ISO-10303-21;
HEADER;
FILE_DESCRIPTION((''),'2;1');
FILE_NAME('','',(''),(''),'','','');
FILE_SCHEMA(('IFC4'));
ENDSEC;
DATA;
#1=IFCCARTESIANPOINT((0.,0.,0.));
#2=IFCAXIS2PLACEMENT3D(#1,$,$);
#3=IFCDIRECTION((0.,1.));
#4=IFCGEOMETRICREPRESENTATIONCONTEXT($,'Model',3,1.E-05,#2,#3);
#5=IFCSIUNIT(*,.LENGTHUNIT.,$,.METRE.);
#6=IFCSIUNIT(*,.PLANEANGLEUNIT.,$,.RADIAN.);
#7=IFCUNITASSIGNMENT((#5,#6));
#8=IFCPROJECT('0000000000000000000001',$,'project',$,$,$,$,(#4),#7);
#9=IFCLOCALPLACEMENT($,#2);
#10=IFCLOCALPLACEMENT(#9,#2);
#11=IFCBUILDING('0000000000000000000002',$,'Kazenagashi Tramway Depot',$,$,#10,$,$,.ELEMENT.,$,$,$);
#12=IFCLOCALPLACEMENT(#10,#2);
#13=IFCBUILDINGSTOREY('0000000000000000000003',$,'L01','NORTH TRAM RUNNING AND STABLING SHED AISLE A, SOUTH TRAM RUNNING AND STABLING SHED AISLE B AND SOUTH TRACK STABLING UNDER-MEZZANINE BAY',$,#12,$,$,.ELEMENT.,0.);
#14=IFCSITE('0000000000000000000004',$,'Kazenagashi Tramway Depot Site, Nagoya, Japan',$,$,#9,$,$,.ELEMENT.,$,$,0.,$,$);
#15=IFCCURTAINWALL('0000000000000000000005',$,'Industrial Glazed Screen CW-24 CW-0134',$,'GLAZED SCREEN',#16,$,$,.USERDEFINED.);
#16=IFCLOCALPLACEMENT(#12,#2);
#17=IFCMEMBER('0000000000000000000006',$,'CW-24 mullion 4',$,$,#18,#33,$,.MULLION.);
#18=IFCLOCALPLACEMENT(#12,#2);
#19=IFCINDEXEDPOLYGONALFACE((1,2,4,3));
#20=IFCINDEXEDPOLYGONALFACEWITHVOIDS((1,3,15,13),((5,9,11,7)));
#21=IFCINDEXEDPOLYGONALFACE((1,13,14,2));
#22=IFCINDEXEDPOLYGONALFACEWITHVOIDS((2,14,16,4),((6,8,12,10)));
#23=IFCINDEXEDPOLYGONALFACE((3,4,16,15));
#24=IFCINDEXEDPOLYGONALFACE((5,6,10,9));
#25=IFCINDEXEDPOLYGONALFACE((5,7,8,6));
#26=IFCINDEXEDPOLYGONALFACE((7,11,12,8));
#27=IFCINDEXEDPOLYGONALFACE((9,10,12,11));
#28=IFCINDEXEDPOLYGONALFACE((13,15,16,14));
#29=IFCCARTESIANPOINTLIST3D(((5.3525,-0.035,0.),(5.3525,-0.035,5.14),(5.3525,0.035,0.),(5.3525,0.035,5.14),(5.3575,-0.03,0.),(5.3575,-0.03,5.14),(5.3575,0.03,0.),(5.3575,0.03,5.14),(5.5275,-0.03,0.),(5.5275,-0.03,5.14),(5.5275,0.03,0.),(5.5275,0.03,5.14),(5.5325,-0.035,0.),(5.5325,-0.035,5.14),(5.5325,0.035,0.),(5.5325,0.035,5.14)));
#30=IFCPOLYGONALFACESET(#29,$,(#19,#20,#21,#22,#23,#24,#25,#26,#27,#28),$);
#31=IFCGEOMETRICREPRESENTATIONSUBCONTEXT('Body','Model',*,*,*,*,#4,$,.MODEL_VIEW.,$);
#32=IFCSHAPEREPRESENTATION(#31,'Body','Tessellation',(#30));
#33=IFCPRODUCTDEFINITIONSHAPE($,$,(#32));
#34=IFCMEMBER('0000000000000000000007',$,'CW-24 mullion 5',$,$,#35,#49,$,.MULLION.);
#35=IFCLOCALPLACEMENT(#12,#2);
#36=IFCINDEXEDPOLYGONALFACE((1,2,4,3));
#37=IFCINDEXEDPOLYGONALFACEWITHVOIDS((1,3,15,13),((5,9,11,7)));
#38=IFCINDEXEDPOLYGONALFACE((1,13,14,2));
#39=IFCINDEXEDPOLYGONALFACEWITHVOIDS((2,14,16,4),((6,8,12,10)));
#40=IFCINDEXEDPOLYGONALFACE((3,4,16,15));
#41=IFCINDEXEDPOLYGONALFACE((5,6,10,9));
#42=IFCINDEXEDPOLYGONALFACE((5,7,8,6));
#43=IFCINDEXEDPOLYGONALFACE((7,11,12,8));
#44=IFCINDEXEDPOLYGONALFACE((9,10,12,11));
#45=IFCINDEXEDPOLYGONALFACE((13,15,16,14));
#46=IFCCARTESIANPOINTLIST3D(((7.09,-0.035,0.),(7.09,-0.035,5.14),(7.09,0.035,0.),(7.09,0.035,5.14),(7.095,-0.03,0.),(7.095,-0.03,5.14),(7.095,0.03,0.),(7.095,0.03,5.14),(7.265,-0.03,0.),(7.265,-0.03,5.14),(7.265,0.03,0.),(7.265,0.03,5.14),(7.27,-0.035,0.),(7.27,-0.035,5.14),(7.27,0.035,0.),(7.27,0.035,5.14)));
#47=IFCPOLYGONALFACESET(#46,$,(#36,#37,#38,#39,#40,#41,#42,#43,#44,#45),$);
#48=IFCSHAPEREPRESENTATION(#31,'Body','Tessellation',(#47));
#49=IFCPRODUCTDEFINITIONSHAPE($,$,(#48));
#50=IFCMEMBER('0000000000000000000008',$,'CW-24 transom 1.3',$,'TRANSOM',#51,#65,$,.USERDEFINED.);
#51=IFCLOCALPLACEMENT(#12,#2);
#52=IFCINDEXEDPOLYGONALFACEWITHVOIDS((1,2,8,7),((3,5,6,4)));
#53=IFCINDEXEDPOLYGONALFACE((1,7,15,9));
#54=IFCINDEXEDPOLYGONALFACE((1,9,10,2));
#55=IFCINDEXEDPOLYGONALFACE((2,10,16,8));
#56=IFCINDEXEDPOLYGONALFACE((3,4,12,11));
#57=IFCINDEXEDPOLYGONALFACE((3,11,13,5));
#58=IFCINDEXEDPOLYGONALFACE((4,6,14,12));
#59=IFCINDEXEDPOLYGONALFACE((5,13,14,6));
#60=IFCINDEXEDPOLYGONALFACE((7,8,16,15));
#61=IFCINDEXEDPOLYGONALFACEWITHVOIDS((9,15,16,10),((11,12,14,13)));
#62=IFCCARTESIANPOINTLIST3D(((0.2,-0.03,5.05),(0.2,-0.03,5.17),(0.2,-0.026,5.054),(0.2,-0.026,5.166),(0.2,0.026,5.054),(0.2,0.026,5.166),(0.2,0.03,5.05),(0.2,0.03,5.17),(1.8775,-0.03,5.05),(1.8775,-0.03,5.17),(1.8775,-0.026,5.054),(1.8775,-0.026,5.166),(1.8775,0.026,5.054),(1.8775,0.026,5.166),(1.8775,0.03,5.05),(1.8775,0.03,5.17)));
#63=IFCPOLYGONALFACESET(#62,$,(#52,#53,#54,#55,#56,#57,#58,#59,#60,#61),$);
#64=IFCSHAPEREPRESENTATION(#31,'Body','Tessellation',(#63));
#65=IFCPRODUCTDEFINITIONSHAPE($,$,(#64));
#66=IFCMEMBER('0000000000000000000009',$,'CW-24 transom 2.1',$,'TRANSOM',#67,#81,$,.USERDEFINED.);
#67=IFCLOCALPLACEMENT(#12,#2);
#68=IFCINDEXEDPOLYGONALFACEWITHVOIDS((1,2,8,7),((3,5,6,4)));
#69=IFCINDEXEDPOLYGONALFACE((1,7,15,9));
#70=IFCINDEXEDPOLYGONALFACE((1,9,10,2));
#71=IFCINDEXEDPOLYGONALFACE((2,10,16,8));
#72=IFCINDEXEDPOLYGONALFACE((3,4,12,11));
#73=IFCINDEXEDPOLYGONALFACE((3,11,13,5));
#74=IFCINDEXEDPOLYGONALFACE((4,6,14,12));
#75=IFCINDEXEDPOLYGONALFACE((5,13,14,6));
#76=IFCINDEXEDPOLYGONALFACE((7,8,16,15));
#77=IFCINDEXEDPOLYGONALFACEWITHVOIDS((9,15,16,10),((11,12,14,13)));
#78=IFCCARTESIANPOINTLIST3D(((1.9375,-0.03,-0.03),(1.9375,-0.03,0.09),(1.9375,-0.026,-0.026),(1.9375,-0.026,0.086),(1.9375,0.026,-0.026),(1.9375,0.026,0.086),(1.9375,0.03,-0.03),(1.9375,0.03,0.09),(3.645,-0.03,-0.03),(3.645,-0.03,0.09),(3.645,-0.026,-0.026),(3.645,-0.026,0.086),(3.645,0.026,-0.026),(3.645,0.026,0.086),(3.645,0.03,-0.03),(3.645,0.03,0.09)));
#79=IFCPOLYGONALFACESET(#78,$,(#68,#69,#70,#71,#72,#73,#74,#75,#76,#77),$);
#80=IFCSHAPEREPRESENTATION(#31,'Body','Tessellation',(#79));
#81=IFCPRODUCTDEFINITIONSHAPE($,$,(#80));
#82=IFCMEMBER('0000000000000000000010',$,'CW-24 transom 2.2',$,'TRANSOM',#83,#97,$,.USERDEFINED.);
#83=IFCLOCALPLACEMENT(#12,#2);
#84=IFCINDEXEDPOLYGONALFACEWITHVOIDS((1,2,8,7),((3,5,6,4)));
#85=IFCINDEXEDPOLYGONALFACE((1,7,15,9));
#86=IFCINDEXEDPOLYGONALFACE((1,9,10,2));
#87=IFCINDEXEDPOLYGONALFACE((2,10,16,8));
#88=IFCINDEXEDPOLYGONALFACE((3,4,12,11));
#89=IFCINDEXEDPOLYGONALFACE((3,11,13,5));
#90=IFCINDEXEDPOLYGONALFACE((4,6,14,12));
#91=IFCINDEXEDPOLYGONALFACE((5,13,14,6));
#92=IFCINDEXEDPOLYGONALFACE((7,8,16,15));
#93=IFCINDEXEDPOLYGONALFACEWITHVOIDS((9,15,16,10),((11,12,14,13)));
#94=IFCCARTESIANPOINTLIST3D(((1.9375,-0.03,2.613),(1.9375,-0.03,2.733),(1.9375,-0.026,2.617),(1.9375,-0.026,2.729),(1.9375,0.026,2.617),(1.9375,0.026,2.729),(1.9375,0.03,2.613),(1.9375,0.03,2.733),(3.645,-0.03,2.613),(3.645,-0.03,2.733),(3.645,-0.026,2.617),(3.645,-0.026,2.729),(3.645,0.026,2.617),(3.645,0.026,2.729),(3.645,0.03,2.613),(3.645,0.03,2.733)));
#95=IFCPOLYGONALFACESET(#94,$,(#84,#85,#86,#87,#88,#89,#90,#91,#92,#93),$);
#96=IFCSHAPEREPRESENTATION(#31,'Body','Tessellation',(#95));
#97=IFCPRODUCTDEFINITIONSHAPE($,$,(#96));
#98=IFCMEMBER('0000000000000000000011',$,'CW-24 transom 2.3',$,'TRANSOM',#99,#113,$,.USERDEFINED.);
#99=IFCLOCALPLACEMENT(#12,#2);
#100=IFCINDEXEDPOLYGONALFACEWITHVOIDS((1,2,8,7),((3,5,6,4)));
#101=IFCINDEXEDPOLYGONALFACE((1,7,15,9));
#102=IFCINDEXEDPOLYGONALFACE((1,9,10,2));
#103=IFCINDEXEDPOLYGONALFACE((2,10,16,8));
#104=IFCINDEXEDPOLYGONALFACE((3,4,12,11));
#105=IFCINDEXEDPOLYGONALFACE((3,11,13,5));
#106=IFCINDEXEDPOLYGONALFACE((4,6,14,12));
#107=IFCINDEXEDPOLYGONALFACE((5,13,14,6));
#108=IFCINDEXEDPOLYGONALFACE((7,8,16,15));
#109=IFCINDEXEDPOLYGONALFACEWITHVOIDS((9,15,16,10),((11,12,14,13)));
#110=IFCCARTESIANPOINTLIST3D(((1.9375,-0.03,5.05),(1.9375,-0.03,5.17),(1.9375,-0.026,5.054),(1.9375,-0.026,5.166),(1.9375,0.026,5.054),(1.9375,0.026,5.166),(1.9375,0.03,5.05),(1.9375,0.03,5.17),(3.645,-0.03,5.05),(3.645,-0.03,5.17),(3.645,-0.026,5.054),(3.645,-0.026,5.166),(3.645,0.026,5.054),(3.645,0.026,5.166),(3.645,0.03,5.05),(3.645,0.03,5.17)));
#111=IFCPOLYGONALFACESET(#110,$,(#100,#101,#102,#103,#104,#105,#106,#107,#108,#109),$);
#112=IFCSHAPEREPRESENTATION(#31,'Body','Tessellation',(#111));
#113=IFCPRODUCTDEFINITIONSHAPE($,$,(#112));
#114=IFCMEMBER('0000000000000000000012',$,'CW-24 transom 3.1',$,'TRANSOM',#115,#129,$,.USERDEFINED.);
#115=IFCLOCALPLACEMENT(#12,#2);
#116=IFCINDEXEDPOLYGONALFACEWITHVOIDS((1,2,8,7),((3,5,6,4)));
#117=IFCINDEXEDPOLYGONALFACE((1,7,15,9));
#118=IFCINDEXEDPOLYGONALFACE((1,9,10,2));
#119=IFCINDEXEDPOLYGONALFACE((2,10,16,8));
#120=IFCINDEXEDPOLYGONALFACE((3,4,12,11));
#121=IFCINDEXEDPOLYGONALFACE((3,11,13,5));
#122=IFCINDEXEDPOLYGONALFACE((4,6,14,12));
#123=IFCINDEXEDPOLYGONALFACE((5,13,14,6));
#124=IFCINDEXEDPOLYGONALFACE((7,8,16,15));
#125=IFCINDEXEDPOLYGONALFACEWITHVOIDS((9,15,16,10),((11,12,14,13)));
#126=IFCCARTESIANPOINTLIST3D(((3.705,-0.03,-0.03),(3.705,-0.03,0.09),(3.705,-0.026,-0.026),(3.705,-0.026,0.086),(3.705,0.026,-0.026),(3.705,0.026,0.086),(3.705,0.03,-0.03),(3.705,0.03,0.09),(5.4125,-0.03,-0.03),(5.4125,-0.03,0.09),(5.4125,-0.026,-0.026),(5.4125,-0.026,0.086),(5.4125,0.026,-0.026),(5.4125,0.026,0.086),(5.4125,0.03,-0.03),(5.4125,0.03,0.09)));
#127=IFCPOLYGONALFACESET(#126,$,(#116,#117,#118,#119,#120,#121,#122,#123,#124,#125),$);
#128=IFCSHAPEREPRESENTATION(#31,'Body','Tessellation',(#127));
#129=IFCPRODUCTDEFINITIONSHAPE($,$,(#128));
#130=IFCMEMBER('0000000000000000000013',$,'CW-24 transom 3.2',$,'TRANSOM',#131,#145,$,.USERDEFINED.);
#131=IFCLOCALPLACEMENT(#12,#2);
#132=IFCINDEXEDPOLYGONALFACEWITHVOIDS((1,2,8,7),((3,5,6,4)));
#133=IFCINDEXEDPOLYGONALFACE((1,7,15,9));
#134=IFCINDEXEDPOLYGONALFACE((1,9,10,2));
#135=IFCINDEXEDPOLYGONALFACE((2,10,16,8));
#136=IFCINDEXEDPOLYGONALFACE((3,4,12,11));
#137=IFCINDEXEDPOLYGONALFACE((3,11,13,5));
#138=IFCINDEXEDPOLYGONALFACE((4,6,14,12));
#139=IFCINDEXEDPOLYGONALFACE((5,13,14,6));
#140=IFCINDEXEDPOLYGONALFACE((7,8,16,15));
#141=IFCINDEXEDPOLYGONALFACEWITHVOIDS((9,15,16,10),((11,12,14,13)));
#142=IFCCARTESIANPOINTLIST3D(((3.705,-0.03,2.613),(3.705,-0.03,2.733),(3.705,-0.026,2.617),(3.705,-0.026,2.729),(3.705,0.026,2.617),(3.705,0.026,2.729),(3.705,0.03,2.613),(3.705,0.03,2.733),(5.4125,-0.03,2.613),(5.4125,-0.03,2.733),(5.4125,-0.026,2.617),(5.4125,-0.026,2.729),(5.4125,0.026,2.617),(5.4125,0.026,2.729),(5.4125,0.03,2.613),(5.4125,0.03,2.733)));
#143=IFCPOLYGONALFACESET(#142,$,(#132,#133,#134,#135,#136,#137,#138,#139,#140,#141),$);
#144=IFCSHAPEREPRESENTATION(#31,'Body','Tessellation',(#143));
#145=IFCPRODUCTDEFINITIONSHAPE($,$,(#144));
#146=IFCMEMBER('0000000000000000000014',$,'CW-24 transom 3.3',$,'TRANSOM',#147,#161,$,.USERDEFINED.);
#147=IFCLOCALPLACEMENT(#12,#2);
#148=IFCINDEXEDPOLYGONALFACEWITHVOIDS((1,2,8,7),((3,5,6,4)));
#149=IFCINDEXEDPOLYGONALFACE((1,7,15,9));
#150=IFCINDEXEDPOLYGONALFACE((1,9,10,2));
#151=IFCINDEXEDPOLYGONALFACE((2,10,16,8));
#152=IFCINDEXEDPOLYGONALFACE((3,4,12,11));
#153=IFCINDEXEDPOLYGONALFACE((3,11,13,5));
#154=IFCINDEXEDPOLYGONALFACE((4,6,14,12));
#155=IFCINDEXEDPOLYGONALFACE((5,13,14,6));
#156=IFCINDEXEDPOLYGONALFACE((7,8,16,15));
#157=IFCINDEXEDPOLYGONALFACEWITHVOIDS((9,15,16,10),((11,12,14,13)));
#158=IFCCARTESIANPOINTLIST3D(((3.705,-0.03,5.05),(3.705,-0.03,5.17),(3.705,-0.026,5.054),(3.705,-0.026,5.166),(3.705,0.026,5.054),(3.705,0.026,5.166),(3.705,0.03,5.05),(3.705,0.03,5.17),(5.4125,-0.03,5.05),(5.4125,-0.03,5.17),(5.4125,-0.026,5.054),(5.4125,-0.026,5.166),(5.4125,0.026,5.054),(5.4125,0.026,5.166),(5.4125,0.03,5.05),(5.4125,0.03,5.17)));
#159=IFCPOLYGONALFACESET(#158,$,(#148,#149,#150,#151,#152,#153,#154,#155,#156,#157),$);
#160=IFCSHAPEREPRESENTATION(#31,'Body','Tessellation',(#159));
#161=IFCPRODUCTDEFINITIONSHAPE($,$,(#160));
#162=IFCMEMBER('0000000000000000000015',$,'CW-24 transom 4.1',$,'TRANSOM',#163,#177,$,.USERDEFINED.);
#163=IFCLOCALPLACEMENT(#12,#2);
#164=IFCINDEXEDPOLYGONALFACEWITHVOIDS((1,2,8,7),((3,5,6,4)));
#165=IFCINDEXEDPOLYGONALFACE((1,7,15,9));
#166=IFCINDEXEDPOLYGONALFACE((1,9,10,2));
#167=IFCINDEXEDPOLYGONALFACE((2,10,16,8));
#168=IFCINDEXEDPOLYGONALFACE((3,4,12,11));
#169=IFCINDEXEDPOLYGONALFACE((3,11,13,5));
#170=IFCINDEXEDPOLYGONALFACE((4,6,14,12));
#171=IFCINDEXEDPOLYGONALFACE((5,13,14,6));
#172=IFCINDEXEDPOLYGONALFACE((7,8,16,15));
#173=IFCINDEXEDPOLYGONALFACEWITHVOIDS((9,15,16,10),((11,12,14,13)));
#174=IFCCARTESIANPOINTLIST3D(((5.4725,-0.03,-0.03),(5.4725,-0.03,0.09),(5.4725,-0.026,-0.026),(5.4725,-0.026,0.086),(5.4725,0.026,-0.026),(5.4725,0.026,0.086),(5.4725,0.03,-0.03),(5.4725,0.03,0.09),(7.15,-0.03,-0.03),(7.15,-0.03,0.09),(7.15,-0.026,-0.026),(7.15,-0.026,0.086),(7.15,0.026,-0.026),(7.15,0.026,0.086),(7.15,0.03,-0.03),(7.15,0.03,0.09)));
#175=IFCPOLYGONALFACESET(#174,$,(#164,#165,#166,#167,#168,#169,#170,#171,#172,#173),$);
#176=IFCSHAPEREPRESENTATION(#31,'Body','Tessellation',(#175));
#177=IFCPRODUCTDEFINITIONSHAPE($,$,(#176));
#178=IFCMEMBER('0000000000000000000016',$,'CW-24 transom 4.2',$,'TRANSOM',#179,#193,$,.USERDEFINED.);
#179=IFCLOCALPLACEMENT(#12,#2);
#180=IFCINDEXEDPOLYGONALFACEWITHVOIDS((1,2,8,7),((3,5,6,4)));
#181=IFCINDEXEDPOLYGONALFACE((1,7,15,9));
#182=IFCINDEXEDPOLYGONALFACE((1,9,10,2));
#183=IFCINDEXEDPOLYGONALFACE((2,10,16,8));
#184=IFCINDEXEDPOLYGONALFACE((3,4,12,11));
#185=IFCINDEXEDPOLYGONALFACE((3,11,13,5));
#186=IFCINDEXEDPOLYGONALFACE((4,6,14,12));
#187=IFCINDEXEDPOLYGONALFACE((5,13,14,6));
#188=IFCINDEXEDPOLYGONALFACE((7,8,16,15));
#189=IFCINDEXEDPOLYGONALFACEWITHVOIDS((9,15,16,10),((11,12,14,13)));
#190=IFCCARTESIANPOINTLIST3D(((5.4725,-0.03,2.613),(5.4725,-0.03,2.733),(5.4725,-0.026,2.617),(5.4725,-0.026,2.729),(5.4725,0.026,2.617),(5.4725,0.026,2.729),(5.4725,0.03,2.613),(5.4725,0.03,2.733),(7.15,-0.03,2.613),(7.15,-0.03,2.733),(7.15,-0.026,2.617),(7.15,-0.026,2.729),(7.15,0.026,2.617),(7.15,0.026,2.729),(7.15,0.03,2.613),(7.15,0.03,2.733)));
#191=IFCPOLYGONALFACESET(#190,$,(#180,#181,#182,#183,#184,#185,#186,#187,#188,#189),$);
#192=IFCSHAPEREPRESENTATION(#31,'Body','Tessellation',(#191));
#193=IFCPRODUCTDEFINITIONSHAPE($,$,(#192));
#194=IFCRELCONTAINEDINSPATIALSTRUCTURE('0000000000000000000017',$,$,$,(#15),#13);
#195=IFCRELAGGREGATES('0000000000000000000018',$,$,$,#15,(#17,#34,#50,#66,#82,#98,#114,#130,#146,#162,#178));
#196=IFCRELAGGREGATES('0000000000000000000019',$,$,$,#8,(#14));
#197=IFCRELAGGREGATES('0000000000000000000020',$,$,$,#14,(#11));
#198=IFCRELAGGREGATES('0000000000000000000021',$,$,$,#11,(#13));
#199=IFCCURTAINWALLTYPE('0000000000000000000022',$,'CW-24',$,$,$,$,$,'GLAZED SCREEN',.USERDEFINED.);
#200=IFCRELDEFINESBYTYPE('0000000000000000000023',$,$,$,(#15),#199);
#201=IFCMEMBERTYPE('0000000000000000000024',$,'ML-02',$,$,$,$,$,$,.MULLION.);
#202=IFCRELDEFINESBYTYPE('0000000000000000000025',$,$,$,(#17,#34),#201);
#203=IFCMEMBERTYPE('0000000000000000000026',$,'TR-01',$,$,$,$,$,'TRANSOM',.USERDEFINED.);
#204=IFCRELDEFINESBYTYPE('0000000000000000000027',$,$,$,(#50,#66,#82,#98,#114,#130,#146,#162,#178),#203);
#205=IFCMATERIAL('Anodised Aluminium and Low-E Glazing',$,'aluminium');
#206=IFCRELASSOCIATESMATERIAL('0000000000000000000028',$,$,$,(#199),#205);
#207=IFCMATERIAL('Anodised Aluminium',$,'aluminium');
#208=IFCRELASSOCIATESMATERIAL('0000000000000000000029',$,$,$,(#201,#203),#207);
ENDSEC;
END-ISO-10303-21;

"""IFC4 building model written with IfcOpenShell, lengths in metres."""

from ifc_helpers import new_model, si_unit, direction, frame, origin, origin_2d, place, context, subcontext, project, spatial, hollow_rectangle, extrude, material, material_profile, profile_set, type_object, element, aggregate, save


model = new_model("IFC4")

# Units and contexts
model_context = context("Model", 3, precision=1e-05, world=origin(), true_north=direction((0.0, 1.0)))
body_context = subcontext(model_context, "Body", "Model", "MODEL_VIEW")
ifc_project = project(units=[si_unit("LENGTHUNIT", "METRE"), si_unit("PLANEANGLEUNIT", "RADIAN")], contexts=[model_context])

# Site, building, storey
site_placement = place(None, origin())
site = spatial("IfcSite", under=ifc_project, at=site_placement, Name="Kazenagashi Tramway Depot Site, Nagoya, Japan", CompositionType="ELEMENT", RefElevation=0.0)
building_placement = place(site_placement, origin())
building = spatial("IfcBuilding", under=site, at=building_placement, Name="Kazenagashi Tramway Depot", CompositionType="ELEMENT")
storey_placement = place(building_placement, origin())
storey = spatial("IfcBuildingStorey", under=building, at=storey_placement, Name="L01", Description="NORTH TRAM RUNNING AND STABLING SHED AISLE A, SOUTH TRAM RUNNING AND STABLING SHED AISLE B AND SOUTH TRACK STABLING UNDER-MEZZANINE BAY", CompositionType="ELEMENT", Elevation=0.0)

# Curtain wall, members
ifc_material_1 = material(Name="Anodised Aluminium and Low-E Glazing", Category="aluminium")
curtain_wall_type = type_object("IfcCurtainWallType", Name="CW-24", ElementType="GLAZED SCREEN", PredefinedType="USERDEFINED", material=ifc_material_1)
curtain_wall_placement = place(storey_placement, origin())
curtain_wall = element("IfcCurtainWall", 1, at=curtain_wall_placement, inside=storey, type_object=curtain_wall_type, Name="Industrial Glazed Screen CW-24 CW-0134", ObjectType="GLAZED SCREEN", PredefinedType="USERDEFINED")
ifc_material_2 = material(Name="Anodised Aluminium", Category="aluminium")
ifc_material_profile_1 = material_profile(ifc_material_2, hollow_rectangle(XDim=0.07, YDim=0.18, WallThickness=0.005, at=origin_2d()), Name="RHS-180x70x5")
ifc_profile_set_1 = profile_set([ifc_material_profile_1], Name="Anodised Aluminium")
member_type_1 = type_object("IfcMemberType", Name="ML-02", PredefinedType="MULLION", material=ifc_profile_set_1)
member_1_placement = place(storey_placement, frame((5.4425, 0.0, 0.0), z_axis=(0.0, 0.0, 1.0), x_axis=(0.0, 1.0, 0.0)))
member_1 = element("IfcMember", 2, at=member_1_placement, type_object=member_type_1, Name="CW-24 mullion 4", PredefinedType="MULLION", context=body_context, shape_type="SweptSolid", body=[
    extrude(hollow_rectangle(XDim=0.07, YDim=0.18, WallThickness=0.005, at=origin_2d()), origin(), (0.0, 0.0, 1.0), 5.14),
])
member_2_placement = place(storey_placement, frame((7.18, 0.0, 0.0), z_axis=(0.0, 0.0, 1.0), x_axis=(0.0, 1.0, 0.0)))
member_2 = element("IfcMember", 3, at=member_2_placement, type_object=member_type_1, Name="CW-24 mullion 5", PredefinedType="MULLION", context=body_context, shape_type="SweptSolid", body=[
    extrude(hollow_rectangle(XDim=0.07, YDim=0.18, WallThickness=0.005, at=origin_2d()), origin(), (0.0, 0.0, 1.0), 5.14),
])
ifc_material_profile_2 = material_profile(ifc_material_2, hollow_rectangle(XDim=0.06, YDim=0.12, WallThickness=0.004, at=origin_2d()), Name="RHS-120x60x4")
ifc_profile_set_2 = profile_set([ifc_material_profile_2], Name="Anodised Aluminium")
member_type_2 = type_object("IfcMemberType", Name="TR-01", ElementType="TRANSOM", PredefinedType="USERDEFINED", material=ifc_profile_set_2)
member_3_placement = place(storey_placement, frame((0.2, 0.0, 5.11), z_axis=(1.0, 0.0, 0.0), x_axis=(0.0, 1.0, 0.0)))
member_3 = element("IfcMember", 4, at=member_3_placement, type_object=member_type_2, Name="CW-24 transom 1.3", ObjectType="TRANSOM", PredefinedType="USERDEFINED", context=body_context, shape_type="SweptSolid", body=[
    extrude(hollow_rectangle(XDim=0.06, YDim=0.12, WallThickness=0.004, at=origin_2d()), origin(), (0.0, 0.0, 1.0), 1.6775),
])
member_4_placement = place(storey_placement, frame((1.9375, 0.0, 0.03), z_axis=(1.0, 0.0, 0.0), x_axis=(0.0, 1.0, 0.0)))
member_4 = element("IfcMember", 5, at=member_4_placement, type_object=member_type_2, Name="CW-24 transom 2.1", ObjectType="TRANSOM", PredefinedType="USERDEFINED", context=body_context, shape_type="SweptSolid", body=[
    extrude(hollow_rectangle(XDim=0.06, YDim=0.12, WallThickness=0.004, at=origin_2d()), origin(), (0.0, 0.0, 1.0), 1.7075),
])
member_5_placement = place(storey_placement, frame((1.9375, 0.0, 2.673), z_axis=(1.0, 0.0, 0.0), x_axis=(0.0, 1.0, 0.0)))
member_5 = element("IfcMember", 6, at=member_5_placement, type_object=member_type_2, Name="CW-24 transom 2.2", ObjectType="TRANSOM", PredefinedType="USERDEFINED", context=body_context, shape_type="SweptSolid", body=[
    extrude(hollow_rectangle(XDim=0.06, YDim=0.12, WallThickness=0.004, at=origin_2d()), origin(), (0.0, 0.0, 1.0), 1.7075),
])
member_6_placement = place(storey_placement, frame((1.9375, 0.0, 5.11), z_axis=(1.0, 0.0, 0.0), x_axis=(0.0, 1.0, 0.0)))
member_6 = element("IfcMember", 7, at=member_6_placement, type_object=member_type_2, Name="CW-24 transom 2.3", ObjectType="TRANSOM", PredefinedType="USERDEFINED", context=body_context, shape_type="SweptSolid", body=[
    extrude(hollow_rectangle(XDim=0.06, YDim=0.12, WallThickness=0.004, at=origin_2d()), origin(), (0.0, 0.0, 1.0), 1.7075),
])
member_7_placement = place(storey_placement, frame((3.705, 0.0, 0.03), z_axis=(1.0, 0.0, 0.0), x_axis=(0.0, 1.0, 0.0)))
member_7 = element("IfcMember", 8, at=member_7_placement, type_object=member_type_2, Name="CW-24 transom 3.1", ObjectType="TRANSOM", PredefinedType="USERDEFINED", context=body_context, shape_type="SweptSolid", body=[
    extrude(hollow_rectangle(XDim=0.06, YDim=0.12, WallThickness=0.004, at=origin_2d()), origin(), (0.0, 0.0, 1.0), 1.7075),
])
member_8_placement = place(storey_placement, frame((3.705, 0.0, 2.673), z_axis=(1.0, 0.0, 0.0), x_axis=(0.0, 1.0, 0.0)))
member_8 = element("IfcMember", 9, at=member_8_placement, type_object=member_type_2, Name="CW-24 transom 3.2", ObjectType="TRANSOM", PredefinedType="USERDEFINED", context=body_context, shape_type="SweptSolid", body=[
    extrude(hollow_rectangle(XDim=0.06, YDim=0.12, WallThickness=0.004, at=origin_2d()), origin(), (0.0, 0.0, 1.0), 1.7075),
])
member_9_placement = place(storey_placement, frame((3.705, 0.0, 5.11), z_axis=(1.0, 0.0, 0.0), x_axis=(0.0, 1.0, 0.0)))
member_9 = element("IfcMember", 10, at=member_9_placement, type_object=member_type_2, Name="CW-24 transom 3.3", ObjectType="TRANSOM", PredefinedType="USERDEFINED", context=body_context, shape_type="SweptSolid", body=[
    extrude(hollow_rectangle(XDim=0.06, YDim=0.12, WallThickness=0.004, at=origin_2d()), origin(), (0.0, 0.0, 1.0), 1.7075),
])
member_10_placement = place(storey_placement, frame((5.4725, 0.0, 0.03), z_axis=(1.0, 0.0, 0.0), x_axis=(0.0, 1.0, 0.0)))
member_10 = element("IfcMember", 11, at=member_10_placement, type_object=member_type_2, Name="CW-24 transom 4.1", ObjectType="TRANSOM", PredefinedType="USERDEFINED", context=body_context, shape_type="SweptSolid", body=[
    extrude(hollow_rectangle(XDim=0.06, YDim=0.12, WallThickness=0.004, at=origin_2d()), origin(), (0.0, 0.0, 1.0), 1.6775),
])
member_11_placement = place(storey_placement, frame((5.4725, 0.0, 2.673), z_axis=(1.0, 0.0, 0.0), x_axis=(0.0, 1.0, 0.0)))
member_11 = element("IfcMember", 12, at=member_11_placement, type_object=member_type_2, Name="CW-24 transom 4.2", ObjectType="TRANSOM", PredefinedType="USERDEFINED", context=body_context, shape_type="SweptSolid", body=[
    extrude(hollow_rectangle(XDim=0.06, YDim=0.12, WallThickness=0.004, at=origin_2d()), origin(), (0.0, 0.0, 1.0), 1.6775),
])
aggregate(curtain_wall, [member_1, member_2, member_3, member_4, member_5, member_6, member_7, member_8, member_9, member_10, member_11])

save(model, "model.ifc")
